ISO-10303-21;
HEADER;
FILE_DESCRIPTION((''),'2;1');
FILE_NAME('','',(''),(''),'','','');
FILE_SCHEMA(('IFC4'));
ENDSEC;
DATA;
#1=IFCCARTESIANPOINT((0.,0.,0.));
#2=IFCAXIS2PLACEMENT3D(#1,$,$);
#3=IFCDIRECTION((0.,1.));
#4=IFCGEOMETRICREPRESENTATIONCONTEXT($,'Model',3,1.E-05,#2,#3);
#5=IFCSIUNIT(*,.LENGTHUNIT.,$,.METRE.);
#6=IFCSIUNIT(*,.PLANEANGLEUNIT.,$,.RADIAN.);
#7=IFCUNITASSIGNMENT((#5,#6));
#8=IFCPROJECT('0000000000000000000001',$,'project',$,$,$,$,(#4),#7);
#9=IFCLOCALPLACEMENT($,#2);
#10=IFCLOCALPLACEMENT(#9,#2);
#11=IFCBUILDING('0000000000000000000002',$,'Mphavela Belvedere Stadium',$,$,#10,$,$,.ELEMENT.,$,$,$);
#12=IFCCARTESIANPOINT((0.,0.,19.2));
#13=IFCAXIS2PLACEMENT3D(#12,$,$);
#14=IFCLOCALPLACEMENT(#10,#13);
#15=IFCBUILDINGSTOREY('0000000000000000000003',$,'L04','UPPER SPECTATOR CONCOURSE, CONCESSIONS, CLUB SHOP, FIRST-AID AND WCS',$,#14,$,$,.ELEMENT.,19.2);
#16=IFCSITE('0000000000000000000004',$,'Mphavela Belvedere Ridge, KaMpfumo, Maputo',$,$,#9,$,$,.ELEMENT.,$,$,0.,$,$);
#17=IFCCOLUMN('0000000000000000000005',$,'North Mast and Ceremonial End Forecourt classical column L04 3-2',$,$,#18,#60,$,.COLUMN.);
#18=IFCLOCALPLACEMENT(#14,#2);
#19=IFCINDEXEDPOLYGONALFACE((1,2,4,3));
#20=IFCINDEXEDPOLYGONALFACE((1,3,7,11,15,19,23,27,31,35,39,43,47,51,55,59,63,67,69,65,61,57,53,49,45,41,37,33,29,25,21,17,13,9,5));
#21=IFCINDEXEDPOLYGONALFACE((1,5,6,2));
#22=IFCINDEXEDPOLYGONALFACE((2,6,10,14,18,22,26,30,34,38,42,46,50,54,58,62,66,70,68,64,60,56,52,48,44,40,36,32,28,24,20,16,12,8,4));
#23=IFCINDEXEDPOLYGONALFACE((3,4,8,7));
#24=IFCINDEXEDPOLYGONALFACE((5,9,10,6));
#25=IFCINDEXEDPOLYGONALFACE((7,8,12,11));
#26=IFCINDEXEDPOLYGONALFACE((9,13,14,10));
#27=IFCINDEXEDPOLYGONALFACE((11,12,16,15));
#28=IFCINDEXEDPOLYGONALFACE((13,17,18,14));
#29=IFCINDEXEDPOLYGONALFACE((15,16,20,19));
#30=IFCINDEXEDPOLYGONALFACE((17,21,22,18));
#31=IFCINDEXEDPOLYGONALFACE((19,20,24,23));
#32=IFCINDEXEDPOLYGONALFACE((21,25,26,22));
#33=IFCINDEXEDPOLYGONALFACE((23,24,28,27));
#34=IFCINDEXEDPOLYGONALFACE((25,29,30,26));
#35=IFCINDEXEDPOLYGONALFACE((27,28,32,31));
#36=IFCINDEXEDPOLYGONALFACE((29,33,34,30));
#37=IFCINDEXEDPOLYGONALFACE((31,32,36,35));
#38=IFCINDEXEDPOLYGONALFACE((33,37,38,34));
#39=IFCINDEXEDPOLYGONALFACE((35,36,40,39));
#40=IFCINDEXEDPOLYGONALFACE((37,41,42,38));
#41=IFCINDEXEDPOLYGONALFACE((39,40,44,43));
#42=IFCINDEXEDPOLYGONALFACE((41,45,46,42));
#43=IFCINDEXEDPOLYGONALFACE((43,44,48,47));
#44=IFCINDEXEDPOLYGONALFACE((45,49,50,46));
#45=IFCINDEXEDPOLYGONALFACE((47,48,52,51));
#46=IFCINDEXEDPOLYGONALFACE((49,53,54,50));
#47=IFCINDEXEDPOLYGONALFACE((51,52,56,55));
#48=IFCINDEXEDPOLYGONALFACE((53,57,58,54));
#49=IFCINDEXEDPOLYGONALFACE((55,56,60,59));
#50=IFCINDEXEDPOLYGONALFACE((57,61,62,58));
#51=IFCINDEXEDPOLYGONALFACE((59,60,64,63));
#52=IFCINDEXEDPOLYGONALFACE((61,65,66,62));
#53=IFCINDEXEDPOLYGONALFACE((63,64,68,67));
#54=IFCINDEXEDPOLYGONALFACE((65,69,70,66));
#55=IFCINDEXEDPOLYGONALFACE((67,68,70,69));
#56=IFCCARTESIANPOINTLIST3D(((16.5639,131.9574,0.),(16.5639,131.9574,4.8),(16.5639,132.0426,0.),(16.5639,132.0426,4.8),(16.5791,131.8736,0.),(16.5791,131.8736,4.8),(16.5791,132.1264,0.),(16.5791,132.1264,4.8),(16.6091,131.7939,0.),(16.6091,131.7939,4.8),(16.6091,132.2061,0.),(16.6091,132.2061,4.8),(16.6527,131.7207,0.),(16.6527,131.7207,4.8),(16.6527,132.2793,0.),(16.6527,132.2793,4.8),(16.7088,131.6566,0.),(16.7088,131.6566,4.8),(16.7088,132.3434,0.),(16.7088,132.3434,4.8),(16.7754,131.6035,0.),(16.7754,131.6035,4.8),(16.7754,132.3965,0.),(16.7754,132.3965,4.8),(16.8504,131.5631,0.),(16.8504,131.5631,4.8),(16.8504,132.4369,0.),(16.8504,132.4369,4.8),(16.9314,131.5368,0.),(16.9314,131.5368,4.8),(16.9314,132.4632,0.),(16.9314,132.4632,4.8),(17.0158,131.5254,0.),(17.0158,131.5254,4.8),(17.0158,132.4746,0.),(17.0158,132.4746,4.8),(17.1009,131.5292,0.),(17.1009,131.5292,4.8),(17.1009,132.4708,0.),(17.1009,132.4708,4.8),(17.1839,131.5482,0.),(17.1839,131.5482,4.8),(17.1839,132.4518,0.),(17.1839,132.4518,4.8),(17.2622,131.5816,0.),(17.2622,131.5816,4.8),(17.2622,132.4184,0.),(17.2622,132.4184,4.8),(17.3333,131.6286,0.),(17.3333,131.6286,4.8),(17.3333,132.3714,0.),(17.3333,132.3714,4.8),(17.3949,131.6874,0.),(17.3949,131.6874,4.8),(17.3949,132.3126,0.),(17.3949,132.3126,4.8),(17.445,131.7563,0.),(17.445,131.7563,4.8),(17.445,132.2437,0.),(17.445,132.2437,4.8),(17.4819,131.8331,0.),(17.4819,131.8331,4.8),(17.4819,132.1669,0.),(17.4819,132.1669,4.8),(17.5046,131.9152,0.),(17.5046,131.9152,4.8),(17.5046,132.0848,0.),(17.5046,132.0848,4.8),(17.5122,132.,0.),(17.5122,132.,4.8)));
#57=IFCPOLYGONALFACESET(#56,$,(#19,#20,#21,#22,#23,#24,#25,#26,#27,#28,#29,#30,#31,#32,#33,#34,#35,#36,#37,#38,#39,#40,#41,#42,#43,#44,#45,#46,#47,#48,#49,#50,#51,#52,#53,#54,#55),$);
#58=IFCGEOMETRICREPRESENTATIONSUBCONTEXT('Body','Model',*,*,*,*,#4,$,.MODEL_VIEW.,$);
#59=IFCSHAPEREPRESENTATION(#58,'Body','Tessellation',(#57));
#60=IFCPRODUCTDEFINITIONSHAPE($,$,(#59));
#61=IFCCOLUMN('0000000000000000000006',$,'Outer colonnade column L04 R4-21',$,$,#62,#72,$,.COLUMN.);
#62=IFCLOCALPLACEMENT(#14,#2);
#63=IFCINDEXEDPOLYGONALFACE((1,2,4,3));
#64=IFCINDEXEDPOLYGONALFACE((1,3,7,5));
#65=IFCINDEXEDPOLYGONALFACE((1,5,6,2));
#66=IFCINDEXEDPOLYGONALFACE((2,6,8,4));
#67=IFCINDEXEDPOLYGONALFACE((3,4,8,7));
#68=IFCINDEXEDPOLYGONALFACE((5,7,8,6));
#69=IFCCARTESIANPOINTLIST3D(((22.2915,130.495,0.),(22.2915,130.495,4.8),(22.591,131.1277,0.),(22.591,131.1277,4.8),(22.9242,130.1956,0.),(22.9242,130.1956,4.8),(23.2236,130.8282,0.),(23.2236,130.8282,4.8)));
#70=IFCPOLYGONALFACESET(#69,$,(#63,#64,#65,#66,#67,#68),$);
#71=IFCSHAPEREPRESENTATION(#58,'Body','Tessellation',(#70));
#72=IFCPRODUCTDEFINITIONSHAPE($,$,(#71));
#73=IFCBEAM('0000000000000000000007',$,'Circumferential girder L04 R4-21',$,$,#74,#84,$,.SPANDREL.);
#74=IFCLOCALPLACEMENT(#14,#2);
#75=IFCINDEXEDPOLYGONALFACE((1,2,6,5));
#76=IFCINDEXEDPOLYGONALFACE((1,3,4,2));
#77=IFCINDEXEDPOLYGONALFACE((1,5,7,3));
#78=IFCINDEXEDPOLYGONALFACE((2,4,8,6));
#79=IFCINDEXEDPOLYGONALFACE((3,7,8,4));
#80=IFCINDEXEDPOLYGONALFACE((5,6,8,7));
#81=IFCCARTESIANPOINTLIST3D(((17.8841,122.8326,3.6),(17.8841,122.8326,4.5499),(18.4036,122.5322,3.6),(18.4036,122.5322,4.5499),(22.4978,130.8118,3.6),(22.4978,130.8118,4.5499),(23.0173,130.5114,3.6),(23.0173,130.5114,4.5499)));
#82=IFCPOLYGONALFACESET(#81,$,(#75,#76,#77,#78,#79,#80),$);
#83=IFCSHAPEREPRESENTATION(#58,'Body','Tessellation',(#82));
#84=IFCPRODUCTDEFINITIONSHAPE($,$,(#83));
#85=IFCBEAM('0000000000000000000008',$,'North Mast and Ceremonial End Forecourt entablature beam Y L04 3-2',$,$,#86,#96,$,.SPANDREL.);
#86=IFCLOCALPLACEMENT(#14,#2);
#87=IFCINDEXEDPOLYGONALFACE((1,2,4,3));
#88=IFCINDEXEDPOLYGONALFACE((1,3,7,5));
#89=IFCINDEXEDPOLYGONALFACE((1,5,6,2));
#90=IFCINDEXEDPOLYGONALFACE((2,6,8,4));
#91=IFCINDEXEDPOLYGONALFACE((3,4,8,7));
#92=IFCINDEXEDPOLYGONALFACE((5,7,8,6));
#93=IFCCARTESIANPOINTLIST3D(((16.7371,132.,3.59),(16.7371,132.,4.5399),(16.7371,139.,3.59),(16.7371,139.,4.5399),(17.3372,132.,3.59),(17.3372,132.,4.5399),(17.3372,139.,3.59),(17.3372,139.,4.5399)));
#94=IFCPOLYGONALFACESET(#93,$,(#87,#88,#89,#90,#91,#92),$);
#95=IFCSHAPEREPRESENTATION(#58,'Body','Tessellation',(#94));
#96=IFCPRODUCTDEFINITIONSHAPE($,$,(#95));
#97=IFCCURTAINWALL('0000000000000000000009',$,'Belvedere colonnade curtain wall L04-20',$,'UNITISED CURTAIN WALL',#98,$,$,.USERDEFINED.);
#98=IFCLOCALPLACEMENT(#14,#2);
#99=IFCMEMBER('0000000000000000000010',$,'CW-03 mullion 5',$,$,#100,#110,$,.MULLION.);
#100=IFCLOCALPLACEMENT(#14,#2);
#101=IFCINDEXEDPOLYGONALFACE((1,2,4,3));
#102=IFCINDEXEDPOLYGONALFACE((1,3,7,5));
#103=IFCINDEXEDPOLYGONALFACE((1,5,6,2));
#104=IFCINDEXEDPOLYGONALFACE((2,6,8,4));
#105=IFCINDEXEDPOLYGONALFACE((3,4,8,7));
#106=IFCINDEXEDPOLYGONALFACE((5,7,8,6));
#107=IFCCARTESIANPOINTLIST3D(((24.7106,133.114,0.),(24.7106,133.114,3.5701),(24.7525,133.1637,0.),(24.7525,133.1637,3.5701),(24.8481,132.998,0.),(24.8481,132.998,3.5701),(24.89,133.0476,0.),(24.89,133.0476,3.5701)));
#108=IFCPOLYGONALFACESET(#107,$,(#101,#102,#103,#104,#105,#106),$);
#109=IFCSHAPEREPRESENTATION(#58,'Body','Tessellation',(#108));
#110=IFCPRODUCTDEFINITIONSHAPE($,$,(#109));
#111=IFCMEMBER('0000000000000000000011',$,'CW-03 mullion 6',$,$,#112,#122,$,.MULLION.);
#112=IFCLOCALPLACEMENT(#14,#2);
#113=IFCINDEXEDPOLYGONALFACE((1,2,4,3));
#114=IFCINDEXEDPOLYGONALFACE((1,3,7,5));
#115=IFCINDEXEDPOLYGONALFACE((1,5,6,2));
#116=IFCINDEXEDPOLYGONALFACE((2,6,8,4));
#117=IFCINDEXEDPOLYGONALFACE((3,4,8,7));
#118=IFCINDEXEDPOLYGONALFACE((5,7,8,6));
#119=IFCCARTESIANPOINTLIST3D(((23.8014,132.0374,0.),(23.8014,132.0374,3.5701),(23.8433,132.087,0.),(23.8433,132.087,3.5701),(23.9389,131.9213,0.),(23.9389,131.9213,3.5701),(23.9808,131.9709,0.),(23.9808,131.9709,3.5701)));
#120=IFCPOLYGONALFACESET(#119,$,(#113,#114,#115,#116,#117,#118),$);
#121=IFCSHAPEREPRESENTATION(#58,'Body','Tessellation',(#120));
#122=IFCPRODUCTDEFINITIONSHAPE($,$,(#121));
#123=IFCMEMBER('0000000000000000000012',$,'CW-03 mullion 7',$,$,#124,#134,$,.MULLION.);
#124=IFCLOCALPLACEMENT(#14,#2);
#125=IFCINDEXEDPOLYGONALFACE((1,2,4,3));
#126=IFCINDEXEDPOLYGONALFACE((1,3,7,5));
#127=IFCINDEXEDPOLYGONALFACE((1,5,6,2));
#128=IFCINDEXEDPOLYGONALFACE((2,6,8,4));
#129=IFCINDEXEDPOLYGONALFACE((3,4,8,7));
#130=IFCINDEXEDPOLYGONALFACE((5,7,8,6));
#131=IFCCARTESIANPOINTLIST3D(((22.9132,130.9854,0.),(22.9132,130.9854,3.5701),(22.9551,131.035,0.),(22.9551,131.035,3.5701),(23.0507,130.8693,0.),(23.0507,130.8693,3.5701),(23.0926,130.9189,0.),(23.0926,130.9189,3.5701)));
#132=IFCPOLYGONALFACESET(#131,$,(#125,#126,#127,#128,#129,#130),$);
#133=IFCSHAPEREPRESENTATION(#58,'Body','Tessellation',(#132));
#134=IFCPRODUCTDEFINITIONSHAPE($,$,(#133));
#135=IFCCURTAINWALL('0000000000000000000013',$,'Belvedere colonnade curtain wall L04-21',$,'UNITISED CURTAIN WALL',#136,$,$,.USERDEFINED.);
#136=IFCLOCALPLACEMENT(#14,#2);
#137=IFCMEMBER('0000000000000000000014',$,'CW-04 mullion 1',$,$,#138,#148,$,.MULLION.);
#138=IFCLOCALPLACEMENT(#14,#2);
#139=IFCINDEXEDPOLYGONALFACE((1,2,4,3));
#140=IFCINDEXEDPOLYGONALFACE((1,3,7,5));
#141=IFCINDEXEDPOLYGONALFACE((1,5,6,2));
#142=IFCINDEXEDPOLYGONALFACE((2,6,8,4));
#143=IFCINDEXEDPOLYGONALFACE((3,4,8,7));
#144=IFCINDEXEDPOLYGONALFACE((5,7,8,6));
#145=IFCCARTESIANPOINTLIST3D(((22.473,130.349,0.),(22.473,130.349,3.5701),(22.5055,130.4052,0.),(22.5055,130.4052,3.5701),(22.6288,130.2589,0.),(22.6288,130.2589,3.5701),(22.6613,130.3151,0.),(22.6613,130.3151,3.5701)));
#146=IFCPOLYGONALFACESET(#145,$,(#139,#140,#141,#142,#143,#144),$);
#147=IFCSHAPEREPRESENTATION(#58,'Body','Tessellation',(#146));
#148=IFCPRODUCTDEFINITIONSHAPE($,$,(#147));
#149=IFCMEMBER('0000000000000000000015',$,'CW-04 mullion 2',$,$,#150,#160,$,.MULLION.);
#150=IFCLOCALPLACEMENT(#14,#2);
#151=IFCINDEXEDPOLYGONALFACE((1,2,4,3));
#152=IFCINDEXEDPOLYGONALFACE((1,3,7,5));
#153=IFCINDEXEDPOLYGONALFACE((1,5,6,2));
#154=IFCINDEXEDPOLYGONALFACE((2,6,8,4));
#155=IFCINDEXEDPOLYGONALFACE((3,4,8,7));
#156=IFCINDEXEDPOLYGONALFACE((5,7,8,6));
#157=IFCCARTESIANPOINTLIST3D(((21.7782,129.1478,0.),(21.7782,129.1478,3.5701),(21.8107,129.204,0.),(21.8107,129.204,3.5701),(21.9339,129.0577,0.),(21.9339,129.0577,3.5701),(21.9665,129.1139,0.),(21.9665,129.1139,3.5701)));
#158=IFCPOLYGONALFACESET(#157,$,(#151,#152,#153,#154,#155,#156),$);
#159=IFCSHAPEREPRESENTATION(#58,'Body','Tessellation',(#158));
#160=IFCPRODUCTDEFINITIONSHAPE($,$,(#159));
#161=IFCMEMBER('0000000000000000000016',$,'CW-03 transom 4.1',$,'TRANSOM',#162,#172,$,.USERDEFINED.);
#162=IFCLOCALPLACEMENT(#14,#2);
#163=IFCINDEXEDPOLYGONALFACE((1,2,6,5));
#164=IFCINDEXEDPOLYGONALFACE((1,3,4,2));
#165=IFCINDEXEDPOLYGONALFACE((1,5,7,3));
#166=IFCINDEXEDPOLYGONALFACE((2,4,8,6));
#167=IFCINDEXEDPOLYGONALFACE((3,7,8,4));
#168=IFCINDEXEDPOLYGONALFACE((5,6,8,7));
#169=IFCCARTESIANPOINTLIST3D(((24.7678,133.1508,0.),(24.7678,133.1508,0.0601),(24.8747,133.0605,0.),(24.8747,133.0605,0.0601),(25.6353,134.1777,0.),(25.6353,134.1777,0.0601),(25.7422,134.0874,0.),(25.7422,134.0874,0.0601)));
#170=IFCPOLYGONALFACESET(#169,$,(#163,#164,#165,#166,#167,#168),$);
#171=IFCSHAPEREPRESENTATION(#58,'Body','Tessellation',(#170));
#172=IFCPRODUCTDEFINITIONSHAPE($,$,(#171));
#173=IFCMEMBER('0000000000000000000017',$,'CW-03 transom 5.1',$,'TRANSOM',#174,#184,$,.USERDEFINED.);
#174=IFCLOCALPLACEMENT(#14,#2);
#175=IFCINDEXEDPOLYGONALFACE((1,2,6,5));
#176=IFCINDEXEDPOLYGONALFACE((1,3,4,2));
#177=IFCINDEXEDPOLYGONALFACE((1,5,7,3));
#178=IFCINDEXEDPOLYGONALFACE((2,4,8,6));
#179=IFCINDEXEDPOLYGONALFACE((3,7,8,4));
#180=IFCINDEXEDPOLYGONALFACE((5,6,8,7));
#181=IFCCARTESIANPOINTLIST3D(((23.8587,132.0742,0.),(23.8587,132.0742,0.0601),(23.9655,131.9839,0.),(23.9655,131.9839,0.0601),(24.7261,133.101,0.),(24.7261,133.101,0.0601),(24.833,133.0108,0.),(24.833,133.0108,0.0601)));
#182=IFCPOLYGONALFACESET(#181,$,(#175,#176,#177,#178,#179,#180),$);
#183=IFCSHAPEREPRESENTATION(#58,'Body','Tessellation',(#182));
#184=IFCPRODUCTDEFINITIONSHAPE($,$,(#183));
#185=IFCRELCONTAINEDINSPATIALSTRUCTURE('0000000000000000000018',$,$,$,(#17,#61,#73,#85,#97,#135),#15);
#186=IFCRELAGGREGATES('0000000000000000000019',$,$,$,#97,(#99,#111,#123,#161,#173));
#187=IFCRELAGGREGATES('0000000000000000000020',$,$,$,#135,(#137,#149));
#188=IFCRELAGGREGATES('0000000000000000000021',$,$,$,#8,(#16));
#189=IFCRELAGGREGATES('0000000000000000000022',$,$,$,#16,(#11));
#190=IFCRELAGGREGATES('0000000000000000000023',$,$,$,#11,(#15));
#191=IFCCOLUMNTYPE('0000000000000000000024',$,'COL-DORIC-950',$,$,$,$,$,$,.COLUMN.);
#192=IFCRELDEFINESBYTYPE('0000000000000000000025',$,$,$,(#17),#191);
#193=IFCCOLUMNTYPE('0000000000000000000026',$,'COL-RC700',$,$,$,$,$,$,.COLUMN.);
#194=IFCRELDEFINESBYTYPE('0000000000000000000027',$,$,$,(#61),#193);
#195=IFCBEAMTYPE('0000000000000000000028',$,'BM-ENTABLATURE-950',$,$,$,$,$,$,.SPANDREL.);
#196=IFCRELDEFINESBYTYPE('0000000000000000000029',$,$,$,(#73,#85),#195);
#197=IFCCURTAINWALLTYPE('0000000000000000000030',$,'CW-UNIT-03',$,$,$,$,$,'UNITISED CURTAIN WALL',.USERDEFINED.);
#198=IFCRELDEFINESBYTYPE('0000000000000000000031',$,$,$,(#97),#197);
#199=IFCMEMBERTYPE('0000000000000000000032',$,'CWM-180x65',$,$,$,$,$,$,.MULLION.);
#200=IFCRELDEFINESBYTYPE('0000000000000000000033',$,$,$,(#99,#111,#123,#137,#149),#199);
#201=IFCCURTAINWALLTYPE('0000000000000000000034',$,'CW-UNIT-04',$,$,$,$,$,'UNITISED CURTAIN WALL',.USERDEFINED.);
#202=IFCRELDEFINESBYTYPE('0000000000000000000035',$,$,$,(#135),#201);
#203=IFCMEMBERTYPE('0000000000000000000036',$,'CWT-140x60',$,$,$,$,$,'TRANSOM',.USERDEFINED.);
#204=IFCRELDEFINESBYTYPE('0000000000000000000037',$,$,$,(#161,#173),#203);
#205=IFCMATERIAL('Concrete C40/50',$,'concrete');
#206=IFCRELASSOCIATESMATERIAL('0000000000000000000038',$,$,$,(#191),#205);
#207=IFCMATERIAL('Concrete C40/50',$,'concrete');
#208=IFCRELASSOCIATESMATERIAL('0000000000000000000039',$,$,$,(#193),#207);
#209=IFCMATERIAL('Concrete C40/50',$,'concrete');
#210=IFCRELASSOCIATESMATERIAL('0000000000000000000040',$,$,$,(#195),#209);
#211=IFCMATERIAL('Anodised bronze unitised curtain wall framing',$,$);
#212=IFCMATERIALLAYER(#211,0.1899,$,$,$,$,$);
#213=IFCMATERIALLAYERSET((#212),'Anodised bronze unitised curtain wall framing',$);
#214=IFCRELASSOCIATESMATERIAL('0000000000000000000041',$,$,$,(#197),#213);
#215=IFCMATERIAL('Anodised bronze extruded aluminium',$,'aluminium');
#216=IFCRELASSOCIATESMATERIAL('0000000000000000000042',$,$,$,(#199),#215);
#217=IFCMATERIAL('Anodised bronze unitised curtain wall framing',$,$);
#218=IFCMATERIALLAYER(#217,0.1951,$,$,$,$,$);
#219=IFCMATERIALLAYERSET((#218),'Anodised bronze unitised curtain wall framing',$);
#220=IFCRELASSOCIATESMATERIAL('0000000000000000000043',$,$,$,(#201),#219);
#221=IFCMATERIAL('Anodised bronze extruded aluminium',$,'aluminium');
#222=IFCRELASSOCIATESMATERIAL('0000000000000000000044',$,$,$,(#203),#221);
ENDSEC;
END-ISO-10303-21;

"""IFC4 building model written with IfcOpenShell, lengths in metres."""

from ifc_helpers import new_model, si_unit, direction, frame, origin, origin_2d, place, context, subcontext, project, spatial, rectangle, circle, extrude, material, layer, layer_set, material_profile, profile_set, type_object, element, aggregate, save


model = new_model("IFC4")

# Units and contexts
model_context = context("Model", 3, precision=1e-05, world=origin(), true_north=direction((0.0, 1.0)))
body_context = subcontext(model_context, "Body", "Model", "MODEL_VIEW")
ifc_project = project(units=[si_unit("LENGTHUNIT", "METRE"), si_unit("PLANEANGLEUNIT", "RADIAN")], contexts=[model_context])

# Site, building, storey
site_placement = place(None, origin())
site = spatial("IfcSite", under=ifc_project, at=site_placement, Name="Mphavela Belvedere Ridge, KaMpfumo, Maputo", CompositionType="ELEMENT", RefElevation=0.0)
building_placement = place(site_placement, origin())
building = spatial("IfcBuilding", under=site, at=building_placement, Name="Mphavela Belvedere Stadium", CompositionType="ELEMENT")
storey_placement = place(building_placement, frame((0.0, 0.0, 19.2)))
storey = spatial("IfcBuildingStorey", under=building, at=storey_placement, Name="L04", Description="UPPER SPECTATOR CONCOURSE, CONCESSIONS, CLUB SHOP, FIRST-AID AND WCS", CompositionType="ELEMENT", Elevation=19.2)

# Columns
ifc_material_1 = material(Name="Concrete C40/50", Category="concrete")
ifc_material_profile_1 = material_profile(ifc_material_1, circle(Radius=0.4751, at=origin_2d()), Name="COL D950")
ifc_profile_set_1 = profile_set([ifc_material_profile_1], Name="Concrete C40/50")
column_type_1 = type_object("IfcColumnType", Name="COL-DORIC-950", PredefinedType="COLUMN", material=ifc_profile_set_1)
column_1_placement = place(storey_placement, frame((17.0371, 132.0, 0.0), z_axis=(0.0, 0.0, 1.0), x_axis=(1.0, 0.0, 0.0)))
element("IfcColumn", 1, at=column_1_placement, inside=storey, type_object=column_type_1, Name="North Mast and Ceremonial End Forecourt classical column L04 3-2", PredefinedType="COLUMN", context=body_context, shape_type="SweptSolid", body=[
    extrude(circle(Radius=0.4751, at=origin_2d()), origin(), (0.0, 0.0, 1.0), 4.8),
])
ifc_material_2 = material(Name="Concrete C40/50", Category="concrete")
ifc_material_profile_2 = material_profile(ifc_material_2, rectangle(XDim=0.7, YDim=0.7, at=origin_2d()), Name="RC 700x700")
ifc_profile_set_2 = profile_set([ifc_material_profile_2], Name="Concrete C40/50")
column_type_2 = type_object("IfcColumnType", Name="COL-RC700", PredefinedType="COLUMN", material=ifc_profile_set_2)
column_2_placement = place(storey_placement, frame((22.7576, 130.6616, 0.0), z_axis=(0.0, 0.0, 1.0), x_axis=(-0.903859, 0.427831, 0.0)))
element("IfcColumn", 2, at=column_2_placement, inside=storey, type_object=column_type_2, Name="Outer colonnade column L04 R4-21", PredefinedType="COLUMN", context=body_context, shape_type="SweptSolid", body=[
    extrude(rectangle(XDim=0.7, YDim=0.7, at=origin_2d()), origin(), (0.0, 0.0, 1.0), 4.8),
])

# Beams
ifc_material_3 = material(Name="Concrete C40/50", Category="concrete")
ifc_material_profile_3 = material_profile(ifc_material_3, rectangle(XDim=0.6001, YDim=0.95, at=origin_2d()), Name="RC 600x950")
ifc_profile_set_3 = profile_set([ifc_material_profile_3], Name="Concrete C40/50")
beam_type = type_object("IfcBeamType", Name="BM-ENTABLATURE-950", PredefinedType="SPANDREL", material=ifc_profile_set_3)
beam_1_placement = place(storey_placement, frame((22.7576, 130.6616, 4.075), z_axis=(-0.500565, -0.865699, 0.0), x_axis=(0.865699, -0.500565, 0.0)))
element("IfcBeam", 3, at=beam_1_placement, inside=storey, type_object=beam_type, Name="Circumferential girder L04 R4-21", PredefinedType="SPANDREL", context=body_context, shape_type="SweptSolid", body=[
    extrude(rectangle(XDim=0.6001, YDim=0.95, at=origin_2d()), origin(), (0.0, 0.0, 1.0), 9.217),
])
beam_2_placement = place(storey_placement, frame((17.0371, 132.0, 4.0649), z_axis=(0.0, 1.0, 0.0), x_axis=(-1.0, 0.0, 0.0)))
element("IfcBeam", 4, at=beam_2_placement, inside=storey, type_object=beam_type, Name="North Mast and Ceremonial End Forecourt entablature beam Y L04 3-2", PredefinedType="SPANDREL", context=body_context, shape_type="SweptSolid", body=[
    extrude(rectangle(XDim=0.6001, YDim=0.95, at=origin_2d()), origin(), (0.0, 0.0, 1.0), 7.0),
])

# Curtain walls, members
ifc_material_4 = material(Name="Anodised bronze unitised curtain wall framing")
ifc_layer_1 = layer(ifc_material_4, 0.1899)
ifc_layer_set_1 = layer_set([ifc_layer_1], Name="Anodised bronze unitised curtain wall framing")
curtain_wall_type_1 = type_object("IfcCurtainWallType", Name="CW-UNIT-03", ElementType="UNITISED CURTAIN WALL", PredefinedType="USERDEFINED", material=ifc_layer_set_1)
curtain_wall_1_placement = place(storey_placement, origin())
curtain_wall_1 = element("IfcCurtainWall", 5, at=curtain_wall_1_placement, inside=storey, type_object=curtain_wall_type_1, Name="Belvedere colonnade curtain wall L04-20", ObjectType="UNITISED CURTAIN WALL", PredefinedType="USERDEFINED")
ifc_material_5 = material(Name="Anodised bronze extruded aluminium", Category="aluminium")
ifc_material_profile_4 = material_profile(ifc_material_5, rectangle(XDim=0.1799, YDim=0.0649, at=origin_2d()), Name="CW-MUL 180x65")
ifc_profile_set_4 = profile_set([ifc_material_profile_4], Name="Anodised bronze extruded aluminium")
member_type_1 = type_object("IfcMemberType", Name="CWM-180x65", PredefinedType="MULLION", material=ifc_profile_set_4)
member_1_placement = place(storey_placement, frame((24.8003, 133.0808, 0.0), z_axis=(0.0, 0.0, 1.0), x_axis=(0.764035, -0.645175, 0.0)))
member_1 = element("IfcMember", 6, at=member_1_placement, type_object=member_type_1, Name="CW-03 mullion 5", PredefinedType="MULLION", context=body_context, shape_type="SweptSolid", body=[
    extrude(rectangle(XDim=0.1799, YDim=0.0649, at=origin_2d()), origin(), (0.0, 0.0, 1.0), 3.5701),
])
member_2_placement = place(storey_placement, frame((23.8911, 132.0042, 0.0), z_axis=(0.0, 0.0, 1.0), x_axis=(0.764035, -0.645175, 0.0)))
member_2 = element("IfcMember", 7, at=member_2_placement, type_object=member_type_1, Name="CW-03 mullion 6", PredefinedType="MULLION", context=body_context, shape_type="SweptSolid", body=[
    extrude(rectangle(XDim=0.1799, YDim=0.0649, at=origin_2d()), origin(), (0.0, 0.0, 1.0), 3.5701),
])
member_3_placement = place(storey_placement, frame((23.0029, 130.9521, 0.0), z_axis=(0.0, 0.0, 1.0), x_axis=(0.764035, -0.645175, 0.0)))
member_3 = element("IfcMember", 8, at=member_3_placement, type_object=member_type_1, Name="CW-03 mullion 7", PredefinedType="MULLION", context=body_context, shape_type="SweptSolid", body=[
    extrude(rectangle(XDim=0.1799, YDim=0.0649, at=origin_2d()), origin(), (0.0, 0.0, 1.0), 3.5701),
])
ifc_material_6 = material(Name="Anodised bronze unitised curtain wall framing")
ifc_layer_2 = layer(ifc_material_6, 0.1951)
ifc_layer_set_2 = layer_set([ifc_layer_2], Name="Anodised bronze unitised curtain wall framing")
curtain_wall_type_2 = type_object("IfcCurtainWallType", Name="CW-UNIT-04", ElementType="UNITISED CURTAIN WALL", PredefinedType="USERDEFINED", material=ifc_layer_set_2)
curtain_wall_2_placement = place(storey_placement, origin())
curtain_wall_2 = element("IfcCurtainWall", 9, at=curtain_wall_2_placement, inside=storey, type_object=curtain_wall_type_2, Name="Belvedere colonnade curtain wall L04-21", ObjectType="UNITISED CURTAIN WALL", PredefinedType="USERDEFINED")
member_4_placement = place(storey_placement, frame((22.5671, 130.332, 0.0), z_axis=(0.0, 0.0, 1.0), x_axis=(0.865704, -0.500556, 0.0)))
member_4 = element("IfcMember", 10, at=member_4_placement, type_object=member_type_1, Name="CW-04 mullion 1", PredefinedType="MULLION", context=body_context, shape_type="SweptSolid", body=[
    extrude(rectangle(XDim=0.1799, YDim=0.0649, at=origin_2d()), origin(), (0.0, 0.0, 1.0), 3.5701),
])
member_5_placement = place(storey_placement, frame((21.8723, 129.1309, 0.0), z_axis=(0.0, 0.0, 1.0), x_axis=(0.865704, -0.500556, 0.0)))
member_5 = element("IfcMember", 11, at=member_5_placement, type_object=member_type_1, Name="CW-04 mullion 2", PredefinedType="MULLION", context=body_context, shape_type="SweptSolid", body=[
    extrude(rectangle(XDim=0.1799, YDim=0.0649, at=origin_2d()), origin(), (0.0, 0.0, 1.0), 3.5701),
])

# Members
ifc_material_7 = material(Name="Anodised bronze extruded aluminium", Category="aluminium")
ifc_material_profile_5 = material_profile(ifc_material_7, rectangle(XDim=0.1399, YDim=0.0601, at=origin_2d()), Name="CW-TRN 140x60")
ifc_profile_set_5 = profile_set([ifc_material_profile_5], Name="Anodised bronze extruded aluminium")
member_type_2 = type_object("IfcMemberType", Name="CWT-140x60", ElementType="TRANSOM", PredefinedType="USERDEFINED", material=ifc_profile_set_5)
member_6_placement = place(storey_placement, frame((25.6887, 134.1326, 0.03), z_axis=(-0.645315, -0.763916, 0.0), x_axis=(0.763916, -0.645315, 0.0)))
member_6 = element("IfcMember", 12, at=member_6_placement, type_object=member_type_2, Name="CW-03 transom 4.1", ObjectType="TRANSOM", PredefinedType="USERDEFINED", context=body_context, shape_type="SweptSolid", body=[
    extrude(rectangle(XDim=0.1399, YDim=0.0601, at=origin_2d()), origin(), (0.0, 0.0, 1.0), 1.3442),
])
member_7_placement = place(storey_placement, frame((24.7795, 133.0559, 0.03), z_axis=(-0.645315, -0.763916, 0.0), x_axis=(0.763916, -0.645315, 0.0)))
member_7 = element("IfcMember", 13, at=member_7_placement, type_object=member_type_2, Name="CW-03 transom 5.1", ObjectType="TRANSOM", PredefinedType="USERDEFINED", context=body_context, shape_type="SweptSolid", body=[
    extrude(rectangle(XDim=0.1399, YDim=0.0601, at=origin_2d()), origin(), (0.0, 0.0, 1.0), 1.3442),
])

aggregate(curtain_wall_1, [member_1, member_2, member_3, member_6, member_7])
aggregate(curtain_wall_2, [member_4, member_5])

save(model, "model.ifc")
